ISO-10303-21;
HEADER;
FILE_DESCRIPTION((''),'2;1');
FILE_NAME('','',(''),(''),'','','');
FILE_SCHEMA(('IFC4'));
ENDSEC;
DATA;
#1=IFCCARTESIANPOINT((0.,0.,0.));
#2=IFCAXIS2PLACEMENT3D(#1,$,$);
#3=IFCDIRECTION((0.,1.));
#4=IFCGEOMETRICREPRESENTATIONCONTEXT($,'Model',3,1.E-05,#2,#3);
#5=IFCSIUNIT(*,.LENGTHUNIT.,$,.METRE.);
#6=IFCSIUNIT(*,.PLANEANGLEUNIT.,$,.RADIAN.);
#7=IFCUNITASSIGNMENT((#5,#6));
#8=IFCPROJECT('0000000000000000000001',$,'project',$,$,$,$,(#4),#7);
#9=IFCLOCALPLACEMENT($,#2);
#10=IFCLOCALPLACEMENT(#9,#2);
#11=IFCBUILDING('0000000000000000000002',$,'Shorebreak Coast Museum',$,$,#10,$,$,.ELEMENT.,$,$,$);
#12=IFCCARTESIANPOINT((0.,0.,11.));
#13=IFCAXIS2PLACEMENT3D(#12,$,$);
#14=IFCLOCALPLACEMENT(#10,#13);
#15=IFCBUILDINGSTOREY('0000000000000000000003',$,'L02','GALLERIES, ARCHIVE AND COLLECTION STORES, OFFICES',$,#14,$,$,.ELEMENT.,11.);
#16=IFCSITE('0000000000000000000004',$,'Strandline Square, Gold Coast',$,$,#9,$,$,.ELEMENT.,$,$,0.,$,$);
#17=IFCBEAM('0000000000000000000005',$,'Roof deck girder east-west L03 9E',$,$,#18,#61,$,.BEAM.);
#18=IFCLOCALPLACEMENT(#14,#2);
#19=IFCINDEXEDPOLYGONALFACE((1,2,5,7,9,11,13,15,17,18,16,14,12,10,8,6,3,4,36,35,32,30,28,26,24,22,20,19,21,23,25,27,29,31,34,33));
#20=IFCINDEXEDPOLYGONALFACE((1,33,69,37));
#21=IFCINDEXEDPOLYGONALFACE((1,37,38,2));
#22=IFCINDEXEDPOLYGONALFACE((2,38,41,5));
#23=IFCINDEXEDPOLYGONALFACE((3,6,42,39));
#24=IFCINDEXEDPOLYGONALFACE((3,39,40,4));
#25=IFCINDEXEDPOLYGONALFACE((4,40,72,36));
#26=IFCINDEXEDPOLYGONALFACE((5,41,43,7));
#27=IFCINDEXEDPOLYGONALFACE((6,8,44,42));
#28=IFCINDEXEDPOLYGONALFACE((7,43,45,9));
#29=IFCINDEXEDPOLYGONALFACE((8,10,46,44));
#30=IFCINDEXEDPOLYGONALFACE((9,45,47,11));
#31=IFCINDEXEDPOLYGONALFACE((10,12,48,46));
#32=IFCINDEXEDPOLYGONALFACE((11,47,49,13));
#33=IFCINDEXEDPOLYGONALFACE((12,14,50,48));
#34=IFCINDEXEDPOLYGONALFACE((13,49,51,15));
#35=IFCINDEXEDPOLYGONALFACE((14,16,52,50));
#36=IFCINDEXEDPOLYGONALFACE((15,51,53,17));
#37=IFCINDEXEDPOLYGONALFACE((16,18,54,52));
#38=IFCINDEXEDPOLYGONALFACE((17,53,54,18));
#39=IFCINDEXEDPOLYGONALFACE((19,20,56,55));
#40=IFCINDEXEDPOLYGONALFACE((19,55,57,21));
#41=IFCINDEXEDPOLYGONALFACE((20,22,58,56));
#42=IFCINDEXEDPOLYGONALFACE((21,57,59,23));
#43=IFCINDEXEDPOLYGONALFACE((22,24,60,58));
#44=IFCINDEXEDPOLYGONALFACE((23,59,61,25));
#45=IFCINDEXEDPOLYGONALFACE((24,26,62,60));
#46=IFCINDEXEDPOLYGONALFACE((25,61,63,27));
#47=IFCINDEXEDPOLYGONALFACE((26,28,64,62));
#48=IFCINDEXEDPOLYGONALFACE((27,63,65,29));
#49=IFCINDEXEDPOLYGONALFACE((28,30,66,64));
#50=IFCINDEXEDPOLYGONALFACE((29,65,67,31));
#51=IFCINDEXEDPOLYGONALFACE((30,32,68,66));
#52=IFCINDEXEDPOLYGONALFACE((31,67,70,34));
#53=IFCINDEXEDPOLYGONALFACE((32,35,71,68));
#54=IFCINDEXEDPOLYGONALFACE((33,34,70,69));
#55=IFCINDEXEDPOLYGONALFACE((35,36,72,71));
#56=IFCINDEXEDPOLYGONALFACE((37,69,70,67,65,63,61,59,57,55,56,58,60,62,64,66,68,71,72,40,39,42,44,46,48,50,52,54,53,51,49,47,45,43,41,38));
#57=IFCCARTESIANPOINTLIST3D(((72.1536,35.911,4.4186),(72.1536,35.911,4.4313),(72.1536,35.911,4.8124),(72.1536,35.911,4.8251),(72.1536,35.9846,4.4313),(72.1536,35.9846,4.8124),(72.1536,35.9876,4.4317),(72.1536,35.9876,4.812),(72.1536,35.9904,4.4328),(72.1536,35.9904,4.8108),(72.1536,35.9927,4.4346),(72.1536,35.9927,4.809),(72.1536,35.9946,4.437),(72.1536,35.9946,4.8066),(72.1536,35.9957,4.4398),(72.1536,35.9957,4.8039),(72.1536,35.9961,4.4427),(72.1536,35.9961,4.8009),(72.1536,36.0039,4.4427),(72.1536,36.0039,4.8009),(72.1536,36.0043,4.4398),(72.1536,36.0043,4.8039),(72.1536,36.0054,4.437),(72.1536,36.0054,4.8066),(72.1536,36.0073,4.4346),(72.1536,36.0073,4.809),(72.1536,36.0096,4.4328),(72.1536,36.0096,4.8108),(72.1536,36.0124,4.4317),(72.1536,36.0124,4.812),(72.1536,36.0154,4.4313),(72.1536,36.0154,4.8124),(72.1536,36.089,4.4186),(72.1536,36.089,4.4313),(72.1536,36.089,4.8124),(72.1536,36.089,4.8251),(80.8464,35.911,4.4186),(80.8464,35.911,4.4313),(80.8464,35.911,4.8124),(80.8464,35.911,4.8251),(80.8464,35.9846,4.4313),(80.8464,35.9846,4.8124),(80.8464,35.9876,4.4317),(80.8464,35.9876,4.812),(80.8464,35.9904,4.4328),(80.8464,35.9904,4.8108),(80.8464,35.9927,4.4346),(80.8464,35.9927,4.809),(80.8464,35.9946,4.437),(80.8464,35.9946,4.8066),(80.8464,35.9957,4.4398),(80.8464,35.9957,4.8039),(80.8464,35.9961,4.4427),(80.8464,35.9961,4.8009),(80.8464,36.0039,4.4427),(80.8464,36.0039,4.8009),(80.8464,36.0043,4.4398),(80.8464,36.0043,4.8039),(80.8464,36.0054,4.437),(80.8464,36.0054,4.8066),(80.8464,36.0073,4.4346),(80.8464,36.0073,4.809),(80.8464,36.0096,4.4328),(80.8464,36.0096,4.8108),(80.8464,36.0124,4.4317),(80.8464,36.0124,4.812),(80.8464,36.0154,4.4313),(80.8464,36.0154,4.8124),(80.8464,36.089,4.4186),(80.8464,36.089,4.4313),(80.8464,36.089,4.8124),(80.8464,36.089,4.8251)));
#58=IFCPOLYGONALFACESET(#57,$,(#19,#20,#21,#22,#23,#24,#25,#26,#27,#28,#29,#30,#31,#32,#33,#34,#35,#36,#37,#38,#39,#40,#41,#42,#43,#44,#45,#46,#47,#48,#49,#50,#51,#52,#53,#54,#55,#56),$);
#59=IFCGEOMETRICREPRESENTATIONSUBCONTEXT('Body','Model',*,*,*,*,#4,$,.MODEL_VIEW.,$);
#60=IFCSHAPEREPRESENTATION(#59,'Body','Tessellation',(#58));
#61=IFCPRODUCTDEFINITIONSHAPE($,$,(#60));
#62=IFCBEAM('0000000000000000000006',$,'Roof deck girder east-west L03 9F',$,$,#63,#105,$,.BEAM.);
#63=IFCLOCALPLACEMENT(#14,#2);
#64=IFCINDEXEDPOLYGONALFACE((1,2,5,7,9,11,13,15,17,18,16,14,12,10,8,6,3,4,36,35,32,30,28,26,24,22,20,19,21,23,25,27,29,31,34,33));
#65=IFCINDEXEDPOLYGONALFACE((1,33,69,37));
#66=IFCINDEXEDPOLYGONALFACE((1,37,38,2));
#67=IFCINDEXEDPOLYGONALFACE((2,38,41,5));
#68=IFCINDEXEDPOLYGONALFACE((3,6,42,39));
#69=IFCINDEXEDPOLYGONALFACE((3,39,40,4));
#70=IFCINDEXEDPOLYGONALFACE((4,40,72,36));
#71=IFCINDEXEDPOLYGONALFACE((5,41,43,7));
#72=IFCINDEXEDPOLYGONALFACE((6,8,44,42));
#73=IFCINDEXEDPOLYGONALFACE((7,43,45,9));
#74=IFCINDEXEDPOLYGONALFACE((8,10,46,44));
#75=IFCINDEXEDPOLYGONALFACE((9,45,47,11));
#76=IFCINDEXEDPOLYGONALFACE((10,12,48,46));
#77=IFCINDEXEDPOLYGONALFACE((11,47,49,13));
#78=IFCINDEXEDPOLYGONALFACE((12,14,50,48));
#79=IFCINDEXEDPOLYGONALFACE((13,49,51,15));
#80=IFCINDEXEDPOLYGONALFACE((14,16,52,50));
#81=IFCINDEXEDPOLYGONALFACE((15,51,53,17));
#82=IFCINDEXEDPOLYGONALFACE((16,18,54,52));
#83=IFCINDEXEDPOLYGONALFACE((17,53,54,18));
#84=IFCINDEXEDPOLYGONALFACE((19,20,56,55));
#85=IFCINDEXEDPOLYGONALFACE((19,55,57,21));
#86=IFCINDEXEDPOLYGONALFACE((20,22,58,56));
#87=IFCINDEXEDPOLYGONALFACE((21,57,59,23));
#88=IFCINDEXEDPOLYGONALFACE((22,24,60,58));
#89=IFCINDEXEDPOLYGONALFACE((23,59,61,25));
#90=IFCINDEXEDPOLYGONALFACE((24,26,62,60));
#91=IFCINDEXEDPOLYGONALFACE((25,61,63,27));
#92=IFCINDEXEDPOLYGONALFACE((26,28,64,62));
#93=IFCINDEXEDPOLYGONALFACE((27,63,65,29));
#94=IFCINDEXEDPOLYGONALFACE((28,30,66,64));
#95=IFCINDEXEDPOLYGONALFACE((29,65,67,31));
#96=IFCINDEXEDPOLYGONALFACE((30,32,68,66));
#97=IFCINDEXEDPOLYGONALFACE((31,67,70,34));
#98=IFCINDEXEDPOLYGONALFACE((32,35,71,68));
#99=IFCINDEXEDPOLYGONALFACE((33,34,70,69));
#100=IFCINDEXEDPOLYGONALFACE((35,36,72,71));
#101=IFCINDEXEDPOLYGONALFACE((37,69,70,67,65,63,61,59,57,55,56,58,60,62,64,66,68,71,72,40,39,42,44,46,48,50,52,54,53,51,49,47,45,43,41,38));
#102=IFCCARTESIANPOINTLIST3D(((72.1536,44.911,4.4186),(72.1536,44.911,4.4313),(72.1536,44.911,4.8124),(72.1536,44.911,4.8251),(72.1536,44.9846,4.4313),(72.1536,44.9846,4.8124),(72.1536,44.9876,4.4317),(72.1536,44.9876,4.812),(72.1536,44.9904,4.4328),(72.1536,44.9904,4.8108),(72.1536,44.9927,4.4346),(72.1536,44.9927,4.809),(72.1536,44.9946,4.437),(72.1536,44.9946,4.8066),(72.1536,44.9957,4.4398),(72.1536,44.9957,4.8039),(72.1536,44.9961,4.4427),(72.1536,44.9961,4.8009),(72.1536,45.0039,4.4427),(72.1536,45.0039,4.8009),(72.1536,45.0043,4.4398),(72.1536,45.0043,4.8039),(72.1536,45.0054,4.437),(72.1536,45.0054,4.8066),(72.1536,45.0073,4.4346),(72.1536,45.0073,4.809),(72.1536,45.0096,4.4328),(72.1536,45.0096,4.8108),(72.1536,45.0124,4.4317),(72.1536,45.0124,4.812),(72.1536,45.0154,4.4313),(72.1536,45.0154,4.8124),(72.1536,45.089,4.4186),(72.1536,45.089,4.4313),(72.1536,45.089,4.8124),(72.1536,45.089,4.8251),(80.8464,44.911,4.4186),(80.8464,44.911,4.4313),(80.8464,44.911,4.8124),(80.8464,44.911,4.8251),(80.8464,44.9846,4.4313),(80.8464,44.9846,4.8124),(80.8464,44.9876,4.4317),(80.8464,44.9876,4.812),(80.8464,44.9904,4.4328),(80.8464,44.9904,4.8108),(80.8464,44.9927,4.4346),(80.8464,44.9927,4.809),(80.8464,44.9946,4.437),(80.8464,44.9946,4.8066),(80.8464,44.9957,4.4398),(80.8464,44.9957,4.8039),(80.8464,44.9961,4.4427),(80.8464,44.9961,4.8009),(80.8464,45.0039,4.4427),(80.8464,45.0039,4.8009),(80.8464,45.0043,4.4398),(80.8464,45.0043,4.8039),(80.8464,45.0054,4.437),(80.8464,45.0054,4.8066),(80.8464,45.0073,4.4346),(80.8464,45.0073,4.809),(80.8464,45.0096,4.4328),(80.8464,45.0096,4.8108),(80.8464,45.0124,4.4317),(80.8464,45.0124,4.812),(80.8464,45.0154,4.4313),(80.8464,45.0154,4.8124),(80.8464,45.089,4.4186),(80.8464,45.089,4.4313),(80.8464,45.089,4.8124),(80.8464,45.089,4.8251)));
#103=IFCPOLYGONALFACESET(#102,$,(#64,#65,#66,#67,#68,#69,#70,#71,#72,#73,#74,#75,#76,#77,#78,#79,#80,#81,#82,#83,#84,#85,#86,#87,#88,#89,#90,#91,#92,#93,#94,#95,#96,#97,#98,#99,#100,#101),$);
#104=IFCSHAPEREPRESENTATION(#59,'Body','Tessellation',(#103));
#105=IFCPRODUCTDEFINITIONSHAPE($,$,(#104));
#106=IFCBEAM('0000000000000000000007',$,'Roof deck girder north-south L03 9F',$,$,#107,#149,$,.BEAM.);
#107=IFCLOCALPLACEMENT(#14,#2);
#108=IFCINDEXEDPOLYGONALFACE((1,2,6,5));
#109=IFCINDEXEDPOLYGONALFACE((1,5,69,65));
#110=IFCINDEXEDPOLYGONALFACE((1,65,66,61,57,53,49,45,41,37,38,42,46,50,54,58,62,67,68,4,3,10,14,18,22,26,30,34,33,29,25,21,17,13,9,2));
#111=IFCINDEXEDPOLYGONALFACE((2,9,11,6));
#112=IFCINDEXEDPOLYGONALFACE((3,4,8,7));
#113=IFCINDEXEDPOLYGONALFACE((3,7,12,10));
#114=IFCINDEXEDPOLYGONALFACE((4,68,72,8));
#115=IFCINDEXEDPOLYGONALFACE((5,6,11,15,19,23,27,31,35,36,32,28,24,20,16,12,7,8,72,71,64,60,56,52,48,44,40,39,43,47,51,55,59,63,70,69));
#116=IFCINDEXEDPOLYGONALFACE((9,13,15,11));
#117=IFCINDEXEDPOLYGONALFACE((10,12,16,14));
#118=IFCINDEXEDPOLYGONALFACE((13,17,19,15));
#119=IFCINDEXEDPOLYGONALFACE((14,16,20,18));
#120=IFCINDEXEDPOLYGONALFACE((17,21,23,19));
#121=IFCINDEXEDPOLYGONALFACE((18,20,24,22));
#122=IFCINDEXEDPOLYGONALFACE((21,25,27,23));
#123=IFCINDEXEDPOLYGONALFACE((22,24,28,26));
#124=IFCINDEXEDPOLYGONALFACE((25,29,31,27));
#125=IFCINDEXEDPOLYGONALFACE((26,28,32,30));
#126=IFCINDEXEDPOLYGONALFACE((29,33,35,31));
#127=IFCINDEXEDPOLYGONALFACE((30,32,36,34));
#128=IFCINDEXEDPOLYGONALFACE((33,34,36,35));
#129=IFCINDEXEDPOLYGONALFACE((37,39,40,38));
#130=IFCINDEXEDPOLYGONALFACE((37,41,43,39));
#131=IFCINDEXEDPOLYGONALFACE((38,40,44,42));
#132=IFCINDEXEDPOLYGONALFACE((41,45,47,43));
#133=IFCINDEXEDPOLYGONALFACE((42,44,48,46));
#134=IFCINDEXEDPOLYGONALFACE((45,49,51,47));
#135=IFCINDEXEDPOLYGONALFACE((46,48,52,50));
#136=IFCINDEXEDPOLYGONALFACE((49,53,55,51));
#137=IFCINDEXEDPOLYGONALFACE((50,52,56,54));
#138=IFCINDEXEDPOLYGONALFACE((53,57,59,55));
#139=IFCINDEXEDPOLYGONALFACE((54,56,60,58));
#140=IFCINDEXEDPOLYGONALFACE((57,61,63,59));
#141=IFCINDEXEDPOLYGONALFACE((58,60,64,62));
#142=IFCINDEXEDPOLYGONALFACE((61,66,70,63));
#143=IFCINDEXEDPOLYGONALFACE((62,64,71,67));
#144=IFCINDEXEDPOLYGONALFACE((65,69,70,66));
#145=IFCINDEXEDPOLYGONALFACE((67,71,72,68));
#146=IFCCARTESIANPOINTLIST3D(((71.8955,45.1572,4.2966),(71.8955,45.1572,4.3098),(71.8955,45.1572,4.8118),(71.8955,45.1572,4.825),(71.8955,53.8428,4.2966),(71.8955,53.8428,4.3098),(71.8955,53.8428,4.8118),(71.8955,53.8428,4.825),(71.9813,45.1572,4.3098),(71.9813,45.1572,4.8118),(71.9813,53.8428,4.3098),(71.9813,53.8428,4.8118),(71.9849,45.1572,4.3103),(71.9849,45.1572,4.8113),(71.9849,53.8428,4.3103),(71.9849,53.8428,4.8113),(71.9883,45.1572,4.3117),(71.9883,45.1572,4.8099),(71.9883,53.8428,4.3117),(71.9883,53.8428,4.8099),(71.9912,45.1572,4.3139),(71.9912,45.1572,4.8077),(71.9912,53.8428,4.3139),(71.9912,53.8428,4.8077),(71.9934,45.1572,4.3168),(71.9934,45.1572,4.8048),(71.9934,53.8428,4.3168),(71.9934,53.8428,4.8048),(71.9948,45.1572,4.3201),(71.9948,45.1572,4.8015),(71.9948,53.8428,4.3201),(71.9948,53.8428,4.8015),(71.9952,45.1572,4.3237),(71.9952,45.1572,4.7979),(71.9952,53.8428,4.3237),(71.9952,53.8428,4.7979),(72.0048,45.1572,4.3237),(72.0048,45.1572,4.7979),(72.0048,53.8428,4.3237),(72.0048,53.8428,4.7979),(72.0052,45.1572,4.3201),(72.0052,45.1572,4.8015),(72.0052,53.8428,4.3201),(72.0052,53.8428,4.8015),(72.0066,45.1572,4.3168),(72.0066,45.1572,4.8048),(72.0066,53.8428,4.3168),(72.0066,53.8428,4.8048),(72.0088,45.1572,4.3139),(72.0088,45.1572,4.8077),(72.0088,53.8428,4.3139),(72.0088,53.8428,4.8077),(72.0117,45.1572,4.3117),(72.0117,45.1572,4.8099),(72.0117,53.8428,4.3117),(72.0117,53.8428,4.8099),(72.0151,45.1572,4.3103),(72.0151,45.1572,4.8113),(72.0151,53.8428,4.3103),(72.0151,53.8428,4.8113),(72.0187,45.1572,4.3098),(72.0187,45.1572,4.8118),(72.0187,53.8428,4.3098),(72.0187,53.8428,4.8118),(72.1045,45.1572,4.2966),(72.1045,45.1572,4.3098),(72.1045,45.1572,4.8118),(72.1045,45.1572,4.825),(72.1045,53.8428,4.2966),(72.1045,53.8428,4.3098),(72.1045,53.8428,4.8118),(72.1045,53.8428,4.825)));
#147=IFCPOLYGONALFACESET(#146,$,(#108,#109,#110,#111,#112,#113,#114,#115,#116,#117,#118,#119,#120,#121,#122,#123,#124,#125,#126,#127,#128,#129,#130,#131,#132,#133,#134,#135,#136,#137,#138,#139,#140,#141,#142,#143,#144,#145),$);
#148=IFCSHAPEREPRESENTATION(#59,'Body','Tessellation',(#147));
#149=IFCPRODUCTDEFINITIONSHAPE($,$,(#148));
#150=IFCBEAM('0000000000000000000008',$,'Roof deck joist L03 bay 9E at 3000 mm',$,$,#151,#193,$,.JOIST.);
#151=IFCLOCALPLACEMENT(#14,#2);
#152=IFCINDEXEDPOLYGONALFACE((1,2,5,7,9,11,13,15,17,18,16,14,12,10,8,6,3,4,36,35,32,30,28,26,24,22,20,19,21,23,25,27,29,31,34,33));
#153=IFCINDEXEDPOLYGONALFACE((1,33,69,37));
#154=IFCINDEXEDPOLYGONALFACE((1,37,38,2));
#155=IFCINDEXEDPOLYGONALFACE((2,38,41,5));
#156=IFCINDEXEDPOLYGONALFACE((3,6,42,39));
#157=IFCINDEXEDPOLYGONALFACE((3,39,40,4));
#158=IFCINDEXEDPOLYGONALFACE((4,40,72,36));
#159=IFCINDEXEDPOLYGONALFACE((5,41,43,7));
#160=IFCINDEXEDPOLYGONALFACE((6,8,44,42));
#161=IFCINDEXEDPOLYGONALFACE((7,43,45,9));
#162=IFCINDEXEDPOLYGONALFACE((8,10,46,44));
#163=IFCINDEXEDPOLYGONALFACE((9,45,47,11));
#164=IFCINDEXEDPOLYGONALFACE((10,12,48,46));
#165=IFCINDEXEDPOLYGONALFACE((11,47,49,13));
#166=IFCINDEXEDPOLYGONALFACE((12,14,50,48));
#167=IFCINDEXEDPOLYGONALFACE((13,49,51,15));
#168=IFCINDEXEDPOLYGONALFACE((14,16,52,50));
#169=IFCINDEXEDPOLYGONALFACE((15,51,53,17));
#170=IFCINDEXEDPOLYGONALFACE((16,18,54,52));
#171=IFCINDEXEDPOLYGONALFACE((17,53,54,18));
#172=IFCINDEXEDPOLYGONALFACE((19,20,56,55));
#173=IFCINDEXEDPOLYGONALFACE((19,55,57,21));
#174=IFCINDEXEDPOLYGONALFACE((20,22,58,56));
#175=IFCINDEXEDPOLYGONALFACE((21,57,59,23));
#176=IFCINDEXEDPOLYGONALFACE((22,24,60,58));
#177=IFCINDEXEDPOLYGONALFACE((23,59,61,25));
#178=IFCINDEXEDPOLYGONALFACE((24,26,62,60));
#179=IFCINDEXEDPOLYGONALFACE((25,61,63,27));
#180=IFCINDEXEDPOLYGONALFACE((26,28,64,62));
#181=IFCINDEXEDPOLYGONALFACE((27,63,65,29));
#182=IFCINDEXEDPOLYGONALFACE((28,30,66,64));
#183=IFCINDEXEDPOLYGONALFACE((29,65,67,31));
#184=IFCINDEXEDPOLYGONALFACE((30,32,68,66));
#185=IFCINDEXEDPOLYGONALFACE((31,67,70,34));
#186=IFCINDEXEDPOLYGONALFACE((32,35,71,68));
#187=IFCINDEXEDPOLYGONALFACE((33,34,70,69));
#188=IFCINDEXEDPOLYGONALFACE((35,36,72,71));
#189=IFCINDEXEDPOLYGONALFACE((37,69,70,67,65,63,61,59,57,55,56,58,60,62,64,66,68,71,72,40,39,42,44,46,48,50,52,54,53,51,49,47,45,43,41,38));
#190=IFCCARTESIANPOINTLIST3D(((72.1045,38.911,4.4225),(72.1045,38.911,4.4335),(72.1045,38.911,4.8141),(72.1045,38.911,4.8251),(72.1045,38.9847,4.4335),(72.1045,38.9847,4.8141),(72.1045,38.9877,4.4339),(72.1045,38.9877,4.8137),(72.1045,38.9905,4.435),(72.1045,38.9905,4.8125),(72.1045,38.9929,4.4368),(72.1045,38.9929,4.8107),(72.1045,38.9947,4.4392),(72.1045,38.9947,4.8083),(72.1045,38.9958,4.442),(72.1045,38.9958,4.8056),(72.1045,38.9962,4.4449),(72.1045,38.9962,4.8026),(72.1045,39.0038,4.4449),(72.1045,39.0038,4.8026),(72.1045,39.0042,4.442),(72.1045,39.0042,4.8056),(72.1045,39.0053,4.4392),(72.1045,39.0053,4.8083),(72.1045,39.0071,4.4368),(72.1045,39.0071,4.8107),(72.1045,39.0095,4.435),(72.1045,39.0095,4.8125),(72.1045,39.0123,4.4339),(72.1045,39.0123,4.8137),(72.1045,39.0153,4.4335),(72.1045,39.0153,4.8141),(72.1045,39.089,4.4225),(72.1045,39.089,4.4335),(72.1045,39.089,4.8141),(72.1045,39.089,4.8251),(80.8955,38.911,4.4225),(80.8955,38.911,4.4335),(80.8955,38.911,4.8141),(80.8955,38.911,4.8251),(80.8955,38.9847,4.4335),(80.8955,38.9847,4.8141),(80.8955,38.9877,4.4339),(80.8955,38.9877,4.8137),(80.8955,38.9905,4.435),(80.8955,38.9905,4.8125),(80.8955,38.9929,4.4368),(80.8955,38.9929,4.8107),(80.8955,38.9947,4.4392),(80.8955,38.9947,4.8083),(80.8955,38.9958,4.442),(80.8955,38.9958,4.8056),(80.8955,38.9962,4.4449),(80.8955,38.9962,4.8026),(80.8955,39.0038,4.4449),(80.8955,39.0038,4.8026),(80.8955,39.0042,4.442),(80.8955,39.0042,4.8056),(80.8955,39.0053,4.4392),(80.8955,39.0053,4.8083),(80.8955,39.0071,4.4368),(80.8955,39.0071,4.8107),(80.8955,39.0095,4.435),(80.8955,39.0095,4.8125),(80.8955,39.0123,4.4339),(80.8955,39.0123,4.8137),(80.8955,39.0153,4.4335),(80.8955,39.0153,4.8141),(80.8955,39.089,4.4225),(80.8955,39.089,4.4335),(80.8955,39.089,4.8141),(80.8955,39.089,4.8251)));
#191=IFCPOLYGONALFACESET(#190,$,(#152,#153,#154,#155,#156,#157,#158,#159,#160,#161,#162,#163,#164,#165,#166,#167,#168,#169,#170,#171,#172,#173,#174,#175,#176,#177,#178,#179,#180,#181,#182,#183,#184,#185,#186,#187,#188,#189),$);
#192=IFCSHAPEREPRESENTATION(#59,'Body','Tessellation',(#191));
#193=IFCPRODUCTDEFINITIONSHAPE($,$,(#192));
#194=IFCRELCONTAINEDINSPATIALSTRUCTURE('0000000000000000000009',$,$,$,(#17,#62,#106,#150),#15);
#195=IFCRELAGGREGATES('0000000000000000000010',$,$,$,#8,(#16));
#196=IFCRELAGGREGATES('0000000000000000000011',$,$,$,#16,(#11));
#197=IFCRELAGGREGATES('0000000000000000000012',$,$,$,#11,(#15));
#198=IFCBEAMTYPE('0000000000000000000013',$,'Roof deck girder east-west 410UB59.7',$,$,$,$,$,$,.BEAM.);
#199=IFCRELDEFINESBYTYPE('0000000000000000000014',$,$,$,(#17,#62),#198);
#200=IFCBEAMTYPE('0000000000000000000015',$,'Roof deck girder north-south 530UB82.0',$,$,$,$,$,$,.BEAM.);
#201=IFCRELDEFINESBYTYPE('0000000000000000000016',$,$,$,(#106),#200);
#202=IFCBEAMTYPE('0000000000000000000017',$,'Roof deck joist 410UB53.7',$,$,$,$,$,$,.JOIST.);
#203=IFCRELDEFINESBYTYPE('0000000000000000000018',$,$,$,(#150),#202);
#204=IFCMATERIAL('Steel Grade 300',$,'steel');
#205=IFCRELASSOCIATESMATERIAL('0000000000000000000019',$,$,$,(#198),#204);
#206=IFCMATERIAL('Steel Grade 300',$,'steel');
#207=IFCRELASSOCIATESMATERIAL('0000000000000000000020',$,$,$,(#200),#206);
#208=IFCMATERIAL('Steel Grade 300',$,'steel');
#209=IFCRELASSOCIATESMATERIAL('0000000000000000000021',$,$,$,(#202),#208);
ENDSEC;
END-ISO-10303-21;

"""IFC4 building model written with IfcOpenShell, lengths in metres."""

from ifc_helpers import new_model, si_unit, direction, frame, origin, origin_2d, place, context, subcontext, project, spatial, i_section, extrude, material, material_profile, profile_set, type_object, element, save


model = new_model("IFC4")

# Units and contexts
model_context = context("Model", 3, precision=1e-05, world=origin(), true_north=direction((0.0, 1.0)))
body_context = subcontext(model_context, "Body", "Model", "MODEL_VIEW")
ifc_project = project(units=[si_unit("LENGTHUNIT", "METRE"), si_unit("PLANEANGLEUNIT", "RADIAN")], contexts=[model_context])

# Site, building, storey
site_placement = place(None, origin())
site = spatial("IfcSite", under=ifc_project, at=site_placement, Name="Strandline Square, Gold Coast", CompositionType="ELEMENT", RefElevation=0.0)
building_placement = place(site_placement, origin())
building = spatial("IfcBuilding", under=site, at=building_placement, Name="Shorebreak Coast Museum", CompositionType="ELEMENT")
storey_placement = place(building_placement, frame((0.0, 0.0, 11.0)))
storey = spatial("IfcBuildingStorey", under=building, at=storey_placement, Name="L02", Description="GALLERIES, ARCHIVE AND COLLECTION STORES, OFFICES", CompositionType="ELEMENT", Elevation=11.0)

# Beams
ifc_material_1 = material(Name="Steel Grade 300", Category="steel")
ifc_material_profile_1 = material_profile(ifc_material_1, i_section(OverallWidth=0.178, OverallDepth=0.4065, WebThickness=0.0078, FlangeThickness=0.0127, FilletRadius=0.0115, at=origin_2d()), Name="410UB59.7")
ifc_profile_set_1 = profile_set([ifc_material_profile_1], Name="Steel Grade 300")
beam_type_1 = type_object("IfcBeamType", Name="Roof deck girder east-west 410UB59.7", PredefinedType="BEAM", material=ifc_profile_set_1)
for number, where, z_axis, x_axis, name in (
    (1, (72.1536, 36.0, 4.6218), (1.0, 0.0, 0.0), (0.0, 1.0, 0.0), "Roof deck girder east-west L03 9E"),
    (2, (72.1536, 45.0, 4.6218), (1.0, 0.0, 0.0), (0.0, 1.0, 0.0), "Roof deck girder east-west L03 9F"),
):
    element("IfcBeam", number, at=place(storey_placement, frame(where, z_axis=z_axis, x_axis=x_axis)), inside=storey, type_object=beam_type_1, Name=name, PredefinedType="BEAM", context=body_context, shape_type="SweptSolid", body=[
        extrude(i_section(OverallWidth=0.178, OverallDepth=0.4065, WebThickness=0.0078, FlangeThickness=0.0127, FilletRadius=0.0115, at=origin_2d()), origin(), (0.0, 0.0, 1.0), 8.6929),
    ])
ifc_material_2 = material(Name="Steel Grade 300", Category="steel")
ifc_material_profile_2 = material_profile(ifc_material_2, i_section(OverallWidth=0.209, OverallDepth=0.5283, WebThickness=0.0095, FlangeThickness=0.0132, FilletRadius=0.0139, at=origin_2d()), Name="530UB82.0")
ifc_profile_set_2 = profile_set([ifc_material_profile_2], Name="Steel Grade 300")
beam_type_2 = type_object("IfcBeamType", Name="Roof deck girder north-south 530UB82.0", PredefinedType="BEAM", material=ifc_profile_set_2)
beam_1_placement = place(storey_placement, frame((72.0, 45.1572, 4.5608), z_axis=(0.0, 1.0, 0.0), x_axis=(-1.0, 0.0, 0.0)))
element("IfcBeam", 3, at=beam_1_placement, inside=storey, type_object=beam_type_2, Name="Roof deck girder north-south L03 9F", PredefinedType="BEAM", context=body_context, shape_type="SweptSolid", body=[
    extrude(i_section(OverallWidth=0.209, OverallDepth=0.5283, WebThickness=0.0095, FlangeThickness=0.0132, FilletRadius=0.0139, at=origin_2d()), origin(), (0.0, 0.0, 1.0), 8.6855),
])
ifc_material_3 = material(Name="Steel Grade 300", Category="steel")
ifc_material_profile_3 = material_profile(ifc_material_3, i_section(OverallWidth=0.178, OverallDepth=0.4026, WebThickness=0.0076, FlangeThickness=0.011, FilletRadius=0.0115, at=origin_2d()), Name="410UB53.7")
ifc_profile_set_3 = profile_set([ifc_material_profile_3], Name="Steel Grade 300")
beam_type_3 = type_object("IfcBeamType", Name="Roof deck joist 410UB53.7", PredefinedType="JOIST", material=ifc_profile_set_3)
for number, where, z_axis, x_axis, name in (
    (4, (72.1045, 39.0, 4.6238), (1.0, 0.0, 0.0), (0.0, 1.0, 0.0), "Roof deck joist L03 bay 9E at 3000 mm"),
):
    element("IfcBeam", number, at=place(storey_placement, frame(where, z_axis=z_axis, x_axis=x_axis)), inside=storey, type_object=beam_type_3, Name=name, PredefinedType="JOIST", context=body_context, shape_type="SweptSolid", body=[
        extrude(i_section(OverallWidth=0.178, OverallDepth=0.4026, WebThickness=0.0076, FlangeThickness=0.011, FilletRadius=0.0115, at=origin_2d()), origin(), (0.0, 0.0, 1.0), 8.791),
    ])

save(model, "model.ifc")
